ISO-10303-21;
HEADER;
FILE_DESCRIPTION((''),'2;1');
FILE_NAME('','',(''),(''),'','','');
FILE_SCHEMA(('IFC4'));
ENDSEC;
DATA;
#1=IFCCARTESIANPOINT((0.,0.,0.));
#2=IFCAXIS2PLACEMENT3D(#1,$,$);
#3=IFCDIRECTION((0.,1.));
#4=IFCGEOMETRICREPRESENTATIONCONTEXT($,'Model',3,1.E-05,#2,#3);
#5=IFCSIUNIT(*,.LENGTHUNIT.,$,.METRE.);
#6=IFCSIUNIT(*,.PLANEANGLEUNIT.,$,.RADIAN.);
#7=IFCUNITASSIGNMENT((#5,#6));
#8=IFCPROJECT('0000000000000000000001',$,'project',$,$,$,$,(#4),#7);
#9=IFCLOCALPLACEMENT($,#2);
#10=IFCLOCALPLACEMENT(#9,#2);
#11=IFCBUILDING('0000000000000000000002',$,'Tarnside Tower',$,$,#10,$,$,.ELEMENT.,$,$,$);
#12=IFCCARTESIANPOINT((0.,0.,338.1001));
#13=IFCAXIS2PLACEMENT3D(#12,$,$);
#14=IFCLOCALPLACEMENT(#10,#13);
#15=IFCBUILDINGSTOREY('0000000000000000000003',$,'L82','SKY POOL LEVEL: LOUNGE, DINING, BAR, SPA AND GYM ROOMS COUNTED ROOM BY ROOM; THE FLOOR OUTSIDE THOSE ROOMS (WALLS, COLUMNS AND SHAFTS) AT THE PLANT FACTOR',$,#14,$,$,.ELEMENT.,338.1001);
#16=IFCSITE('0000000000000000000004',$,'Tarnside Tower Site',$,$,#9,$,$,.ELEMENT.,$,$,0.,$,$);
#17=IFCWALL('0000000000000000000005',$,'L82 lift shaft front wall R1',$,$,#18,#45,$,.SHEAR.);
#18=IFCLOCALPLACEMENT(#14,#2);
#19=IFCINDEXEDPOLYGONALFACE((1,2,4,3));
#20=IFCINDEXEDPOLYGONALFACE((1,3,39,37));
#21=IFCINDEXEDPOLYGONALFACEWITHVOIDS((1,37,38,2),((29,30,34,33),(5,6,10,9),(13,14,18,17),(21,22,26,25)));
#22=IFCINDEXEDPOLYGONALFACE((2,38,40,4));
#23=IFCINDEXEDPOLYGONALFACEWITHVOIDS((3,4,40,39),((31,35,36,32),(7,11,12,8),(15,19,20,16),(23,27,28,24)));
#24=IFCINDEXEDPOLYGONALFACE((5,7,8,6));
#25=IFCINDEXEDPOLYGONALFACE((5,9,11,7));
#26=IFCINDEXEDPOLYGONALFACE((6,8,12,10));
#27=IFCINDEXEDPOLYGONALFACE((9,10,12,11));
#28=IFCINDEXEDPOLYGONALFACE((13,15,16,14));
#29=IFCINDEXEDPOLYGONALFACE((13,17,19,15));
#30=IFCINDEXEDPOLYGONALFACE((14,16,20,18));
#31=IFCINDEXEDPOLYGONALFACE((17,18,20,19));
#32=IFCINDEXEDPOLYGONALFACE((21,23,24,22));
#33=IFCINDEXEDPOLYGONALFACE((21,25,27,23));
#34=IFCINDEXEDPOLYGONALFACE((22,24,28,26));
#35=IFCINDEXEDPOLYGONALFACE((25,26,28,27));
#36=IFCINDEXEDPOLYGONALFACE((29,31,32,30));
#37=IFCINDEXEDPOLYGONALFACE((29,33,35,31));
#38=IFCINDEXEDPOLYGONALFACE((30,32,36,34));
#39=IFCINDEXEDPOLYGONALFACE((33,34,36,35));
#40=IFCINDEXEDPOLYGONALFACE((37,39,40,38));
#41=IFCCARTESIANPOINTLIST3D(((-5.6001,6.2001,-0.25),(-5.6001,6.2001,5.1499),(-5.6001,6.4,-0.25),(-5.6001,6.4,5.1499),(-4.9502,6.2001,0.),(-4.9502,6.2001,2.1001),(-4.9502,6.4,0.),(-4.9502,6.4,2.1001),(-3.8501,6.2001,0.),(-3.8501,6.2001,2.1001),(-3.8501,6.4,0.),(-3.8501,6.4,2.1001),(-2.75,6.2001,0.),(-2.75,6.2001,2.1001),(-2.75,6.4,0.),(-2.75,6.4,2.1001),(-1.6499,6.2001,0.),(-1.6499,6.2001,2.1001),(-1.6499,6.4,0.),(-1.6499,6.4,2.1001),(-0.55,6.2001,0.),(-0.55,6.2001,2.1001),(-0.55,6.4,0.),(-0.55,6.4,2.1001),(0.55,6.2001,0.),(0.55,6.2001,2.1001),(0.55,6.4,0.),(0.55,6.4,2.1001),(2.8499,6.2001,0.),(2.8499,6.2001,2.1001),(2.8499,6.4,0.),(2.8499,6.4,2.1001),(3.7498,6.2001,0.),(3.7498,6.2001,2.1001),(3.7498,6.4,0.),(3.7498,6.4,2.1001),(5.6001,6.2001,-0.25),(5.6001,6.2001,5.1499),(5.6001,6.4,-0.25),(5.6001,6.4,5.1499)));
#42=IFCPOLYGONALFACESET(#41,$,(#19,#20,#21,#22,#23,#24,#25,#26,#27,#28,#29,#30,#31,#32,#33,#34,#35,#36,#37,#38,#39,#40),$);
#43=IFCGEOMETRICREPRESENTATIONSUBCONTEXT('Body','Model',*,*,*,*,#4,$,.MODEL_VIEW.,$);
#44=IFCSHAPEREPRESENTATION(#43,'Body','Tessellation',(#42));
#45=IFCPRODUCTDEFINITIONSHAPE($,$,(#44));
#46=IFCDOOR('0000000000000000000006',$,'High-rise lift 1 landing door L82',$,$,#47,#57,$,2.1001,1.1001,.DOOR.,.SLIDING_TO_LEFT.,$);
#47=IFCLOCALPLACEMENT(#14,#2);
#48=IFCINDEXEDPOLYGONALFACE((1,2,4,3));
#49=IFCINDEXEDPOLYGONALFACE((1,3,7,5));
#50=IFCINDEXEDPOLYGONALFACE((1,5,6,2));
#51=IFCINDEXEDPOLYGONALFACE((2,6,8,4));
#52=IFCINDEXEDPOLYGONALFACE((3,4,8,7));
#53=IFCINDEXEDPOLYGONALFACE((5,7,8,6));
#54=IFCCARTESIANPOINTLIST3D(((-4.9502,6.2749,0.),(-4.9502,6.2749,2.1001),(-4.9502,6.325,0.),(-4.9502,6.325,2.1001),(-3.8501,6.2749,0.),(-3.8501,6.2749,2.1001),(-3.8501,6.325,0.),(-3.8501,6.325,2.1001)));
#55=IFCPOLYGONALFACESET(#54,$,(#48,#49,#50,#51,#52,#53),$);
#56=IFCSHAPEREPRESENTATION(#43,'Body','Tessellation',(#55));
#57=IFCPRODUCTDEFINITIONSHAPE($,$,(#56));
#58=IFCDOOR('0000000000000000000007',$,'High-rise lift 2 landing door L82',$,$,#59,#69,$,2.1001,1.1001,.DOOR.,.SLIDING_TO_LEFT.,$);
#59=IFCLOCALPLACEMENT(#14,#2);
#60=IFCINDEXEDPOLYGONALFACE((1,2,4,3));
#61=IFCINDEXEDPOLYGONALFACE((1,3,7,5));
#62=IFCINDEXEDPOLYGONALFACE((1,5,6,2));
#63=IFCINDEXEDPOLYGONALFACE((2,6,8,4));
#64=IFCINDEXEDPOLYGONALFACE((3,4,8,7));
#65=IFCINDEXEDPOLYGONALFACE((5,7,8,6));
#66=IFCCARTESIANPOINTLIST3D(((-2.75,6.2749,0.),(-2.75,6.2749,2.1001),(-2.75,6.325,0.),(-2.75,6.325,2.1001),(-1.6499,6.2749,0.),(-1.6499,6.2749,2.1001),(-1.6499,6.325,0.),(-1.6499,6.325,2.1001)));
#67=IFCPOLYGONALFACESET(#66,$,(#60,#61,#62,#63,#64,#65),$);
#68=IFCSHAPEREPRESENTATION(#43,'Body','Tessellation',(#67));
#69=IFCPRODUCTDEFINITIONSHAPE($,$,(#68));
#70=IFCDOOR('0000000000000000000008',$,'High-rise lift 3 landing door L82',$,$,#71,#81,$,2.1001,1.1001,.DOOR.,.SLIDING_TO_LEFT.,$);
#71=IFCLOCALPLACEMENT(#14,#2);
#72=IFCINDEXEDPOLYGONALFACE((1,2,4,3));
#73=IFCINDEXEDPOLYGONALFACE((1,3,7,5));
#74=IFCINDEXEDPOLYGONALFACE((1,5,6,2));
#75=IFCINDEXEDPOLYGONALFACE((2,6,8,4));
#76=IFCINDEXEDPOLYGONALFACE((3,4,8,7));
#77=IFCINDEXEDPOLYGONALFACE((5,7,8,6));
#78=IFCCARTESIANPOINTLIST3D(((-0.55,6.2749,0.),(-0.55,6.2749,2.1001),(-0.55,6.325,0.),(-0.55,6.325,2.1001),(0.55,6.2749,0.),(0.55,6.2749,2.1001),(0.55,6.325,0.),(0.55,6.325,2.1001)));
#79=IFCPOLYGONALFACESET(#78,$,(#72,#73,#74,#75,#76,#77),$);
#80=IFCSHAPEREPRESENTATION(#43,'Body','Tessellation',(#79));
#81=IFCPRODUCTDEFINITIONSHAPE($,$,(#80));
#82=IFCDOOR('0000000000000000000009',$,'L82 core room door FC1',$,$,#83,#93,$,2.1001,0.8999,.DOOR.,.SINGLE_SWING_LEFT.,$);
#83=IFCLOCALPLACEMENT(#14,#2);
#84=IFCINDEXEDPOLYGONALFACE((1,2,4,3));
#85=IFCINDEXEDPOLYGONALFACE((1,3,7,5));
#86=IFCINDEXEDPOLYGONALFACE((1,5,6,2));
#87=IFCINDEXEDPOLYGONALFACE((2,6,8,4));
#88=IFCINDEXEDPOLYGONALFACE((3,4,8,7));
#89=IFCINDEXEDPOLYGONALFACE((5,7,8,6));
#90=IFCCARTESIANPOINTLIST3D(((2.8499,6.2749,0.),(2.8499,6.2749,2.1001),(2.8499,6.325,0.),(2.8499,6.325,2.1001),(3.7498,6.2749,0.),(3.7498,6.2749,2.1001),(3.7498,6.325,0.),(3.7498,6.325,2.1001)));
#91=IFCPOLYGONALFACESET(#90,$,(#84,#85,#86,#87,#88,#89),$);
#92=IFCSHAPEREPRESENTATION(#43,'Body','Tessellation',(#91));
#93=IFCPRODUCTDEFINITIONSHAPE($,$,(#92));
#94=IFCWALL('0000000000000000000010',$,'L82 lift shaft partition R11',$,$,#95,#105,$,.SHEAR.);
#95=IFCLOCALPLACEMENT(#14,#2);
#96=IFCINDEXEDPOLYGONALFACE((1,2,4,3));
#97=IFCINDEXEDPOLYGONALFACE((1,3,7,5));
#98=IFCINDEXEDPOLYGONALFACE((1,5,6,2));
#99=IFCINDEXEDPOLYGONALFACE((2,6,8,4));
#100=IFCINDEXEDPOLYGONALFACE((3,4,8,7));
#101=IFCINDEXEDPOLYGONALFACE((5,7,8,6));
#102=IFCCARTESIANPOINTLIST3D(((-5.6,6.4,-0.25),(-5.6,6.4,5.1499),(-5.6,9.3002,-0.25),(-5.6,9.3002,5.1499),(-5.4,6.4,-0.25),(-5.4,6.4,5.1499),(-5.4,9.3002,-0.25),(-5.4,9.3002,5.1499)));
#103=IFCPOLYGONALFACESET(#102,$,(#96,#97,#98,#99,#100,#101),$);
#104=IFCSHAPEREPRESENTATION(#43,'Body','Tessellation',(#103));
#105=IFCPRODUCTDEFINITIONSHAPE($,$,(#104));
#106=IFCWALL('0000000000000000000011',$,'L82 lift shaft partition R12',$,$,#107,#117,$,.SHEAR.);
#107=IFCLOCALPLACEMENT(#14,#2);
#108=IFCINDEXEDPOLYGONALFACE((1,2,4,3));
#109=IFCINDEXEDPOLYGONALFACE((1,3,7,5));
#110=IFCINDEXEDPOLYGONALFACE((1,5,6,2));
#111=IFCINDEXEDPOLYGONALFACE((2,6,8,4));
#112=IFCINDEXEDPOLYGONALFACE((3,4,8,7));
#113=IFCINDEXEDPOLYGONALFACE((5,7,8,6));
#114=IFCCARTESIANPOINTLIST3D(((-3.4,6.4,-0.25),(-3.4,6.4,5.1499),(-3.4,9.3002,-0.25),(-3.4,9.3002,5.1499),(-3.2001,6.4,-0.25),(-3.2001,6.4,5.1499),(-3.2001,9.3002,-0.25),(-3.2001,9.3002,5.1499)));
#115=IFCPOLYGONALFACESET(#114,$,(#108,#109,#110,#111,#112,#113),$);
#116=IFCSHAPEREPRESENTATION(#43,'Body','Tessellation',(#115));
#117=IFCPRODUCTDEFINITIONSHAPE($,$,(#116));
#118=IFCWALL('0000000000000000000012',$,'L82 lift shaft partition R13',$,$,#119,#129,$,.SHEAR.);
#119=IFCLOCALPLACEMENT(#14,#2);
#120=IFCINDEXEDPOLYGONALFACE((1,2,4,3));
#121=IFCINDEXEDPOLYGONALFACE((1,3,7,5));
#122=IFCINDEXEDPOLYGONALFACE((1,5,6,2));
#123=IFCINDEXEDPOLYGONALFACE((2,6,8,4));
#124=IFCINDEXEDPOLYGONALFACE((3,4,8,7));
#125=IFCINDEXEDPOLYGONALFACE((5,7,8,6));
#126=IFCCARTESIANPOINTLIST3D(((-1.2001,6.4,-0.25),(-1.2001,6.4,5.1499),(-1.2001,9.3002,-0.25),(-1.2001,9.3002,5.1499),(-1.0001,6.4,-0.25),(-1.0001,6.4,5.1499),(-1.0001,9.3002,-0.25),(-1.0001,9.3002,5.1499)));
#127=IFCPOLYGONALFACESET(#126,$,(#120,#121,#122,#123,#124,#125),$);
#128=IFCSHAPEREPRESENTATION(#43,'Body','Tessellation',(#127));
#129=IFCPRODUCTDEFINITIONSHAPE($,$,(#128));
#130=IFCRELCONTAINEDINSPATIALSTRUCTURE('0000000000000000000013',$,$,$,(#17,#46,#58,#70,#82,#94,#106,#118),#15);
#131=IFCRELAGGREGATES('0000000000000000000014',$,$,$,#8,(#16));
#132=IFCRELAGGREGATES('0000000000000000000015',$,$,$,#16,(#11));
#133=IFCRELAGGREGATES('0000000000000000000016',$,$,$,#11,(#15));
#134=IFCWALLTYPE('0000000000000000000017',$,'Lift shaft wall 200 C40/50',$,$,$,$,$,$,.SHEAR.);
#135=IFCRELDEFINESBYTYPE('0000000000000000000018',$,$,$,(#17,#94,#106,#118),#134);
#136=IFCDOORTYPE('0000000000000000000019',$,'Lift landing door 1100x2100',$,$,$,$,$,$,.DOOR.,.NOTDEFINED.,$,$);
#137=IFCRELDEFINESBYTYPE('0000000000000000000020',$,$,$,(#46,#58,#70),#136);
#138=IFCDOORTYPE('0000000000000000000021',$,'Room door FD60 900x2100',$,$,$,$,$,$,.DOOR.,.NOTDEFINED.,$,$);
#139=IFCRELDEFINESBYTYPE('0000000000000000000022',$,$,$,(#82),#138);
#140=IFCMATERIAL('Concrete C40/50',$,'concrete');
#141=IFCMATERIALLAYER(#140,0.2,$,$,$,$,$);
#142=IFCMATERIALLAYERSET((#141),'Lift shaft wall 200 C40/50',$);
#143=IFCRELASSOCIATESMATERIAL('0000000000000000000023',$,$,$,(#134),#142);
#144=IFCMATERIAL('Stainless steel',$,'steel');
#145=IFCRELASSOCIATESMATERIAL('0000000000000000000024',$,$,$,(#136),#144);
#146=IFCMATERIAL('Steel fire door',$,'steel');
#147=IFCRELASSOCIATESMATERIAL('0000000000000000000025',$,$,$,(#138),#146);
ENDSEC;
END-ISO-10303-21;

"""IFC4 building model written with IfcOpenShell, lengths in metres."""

from ifc_helpers import new_model, si_unit, direction, frame, frame_2d, origin, place, context, subcontext, project, spatial, rectangle, extrude, material, layer, layer_set, type_object, element, fill, save


model = new_model("IFC4")

# Units and contexts
model_context = context("Model", 3, precision=1e-05, world=origin(), true_north=direction((0.0, 1.0)))
body_context = subcontext(model_context, "Body", "Model", "MODEL_VIEW")
ifc_project = project(units=[si_unit("LENGTHUNIT", "METRE"), si_unit("PLANEANGLEUNIT", "RADIAN")], contexts=[model_context])

# Site, building, storey
site_placement = place(None, origin())
site = spatial("IfcSite", under=ifc_project, at=site_placement, Name="Tarnside Tower Site", CompositionType="ELEMENT", RefElevation=0.0)
building_placement = place(site_placement, origin())
building = spatial("IfcBuilding", under=site, at=building_placement, Name="Tarnside Tower", CompositionType="ELEMENT")
storey_placement = place(building_placement, frame((0.0, 0.0, 338.1001)))
storey = spatial("IfcBuildingStorey", under=building, at=storey_placement, Name="L82", Description="SKY POOL LEVEL: LOUNGE, DINING, BAR, SPA AND GYM ROOMS COUNTED ROOM BY ROOM; THE FLOOR OUTSIDE THOSE ROOMS (WALLS, COLUMNS AND SHAFTS) AT THE PLANT FACTOR", CompositionType="ELEMENT", Elevation=338.1001)

# Wall, openings, doors
ifc_material_1 = material(Name="Concrete C40/50", Category="concrete")
ifc_layer_1 = layer(ifc_material_1, 0.2)
ifc_layer_set_1 = layer_set([ifc_layer_1], Name="Lift shaft wall 200 C40/50")
wall_type_1 = type_object("IfcWallType", Name="Lift shaft wall 200 C40/50", PredefinedType="SHEAR", material=ifc_layer_set_1)
wall_1_placement = place(storey_placement, frame((-5.6001, 6.3, -0.25), z_axis=(0.0, 0.0, 1.0), x_axis=(1.0, 0.0, 0.0)))
wall_1 = element("IfcWall", 1, at=wall_1_placement, inside=storey, type_object=wall_type_1, Name="L82 lift shaft front wall R1", PredefinedType="SHEAR", context=body_context, shape_type="SweptSolid", body=[
    extrude(rectangle(XDim=11.2002, YDim=0.2, at=frame_2d((5.6001, 0.0))), origin(), (0.0, 0.0, 1.0), 5.3999),
])
opening_1_placement = place(wall_1_placement, frame((8.45, 0.0, 0.25)))
opening_1 = element("IfcOpeningElement", 2, at=opening_1_placement, cuts=wall_1, PredefinedType="OPENING", context=body_context, shape_type="SweptSolid", body=[
    extrude(rectangle(XDim=0.8999, YDim=2.1001, at=frame_2d((0.45, 1.05))), frame((0.0, 0.1099, 0.0), z_axis=(0.0, -1.0, 0.0), x_axis=(1.0, 0.0, 0.0)), (0.0, 0.0, 1.0), 0.22),
])
opening_2_placement = place(wall_1_placement, frame((0.6499, 0.0, 0.25)))
opening_2 = element("IfcOpeningElement", 3, at=opening_2_placement, cuts=wall_1, PredefinedType="OPENING", context=body_context, shape_type="SweptSolid", body=[
    extrude(rectangle(XDim=1.1001, YDim=2.1001, at=frame_2d((0.55, 1.05))), frame((0.0, 0.1099, 0.0), z_axis=(0.0, -1.0, 0.0), x_axis=(1.0, 0.0, 0.0)), (0.0, 0.0, 1.0), 0.22),
])
opening_3_placement = place(wall_1_placement, frame((2.8501, 0.0, 0.25)))
opening_3 = element("IfcOpeningElement", 4, at=opening_3_placement, cuts=wall_1, PredefinedType="OPENING", context=body_context, shape_type="SweptSolid", body=[
    extrude(rectangle(XDim=1.1001, YDim=2.1001, at=frame_2d((0.55, 1.05))), frame((0.0, 0.1099, 0.0), z_axis=(0.0, -1.0, 0.0), x_axis=(1.0, 0.0, 0.0)), (0.0, 0.0, 1.0), 0.22),
])
opening_4_placement = place(wall_1_placement, frame((5.05, 0.0, 0.25)))
opening_4 = element("IfcOpeningElement", 5, at=opening_4_placement, cuts=wall_1, PredefinedType="OPENING", context=body_context, shape_type="SweptSolid", body=[
    extrude(rectangle(XDim=1.1001, YDim=2.1001, at=frame_2d((0.55, 1.05))), frame((0.0, 0.1099, 0.0), z_axis=(0.0, -1.0, 0.0), x_axis=(1.0, 0.0, 0.0)), (0.0, 0.0, 1.0), 0.22),
])
ifc_material_2 = material(Name="Stainless steel", Category="steel")
door_type_1 = type_object("IfcDoorType", Name="Lift landing door 1100x2100", OperationType="NOTDEFINED", PredefinedType="DOOR", material=ifc_material_2)
door_1_placement = place(opening_2_placement, origin())
door_1 = element("IfcDoor", 6, at=door_1_placement, inside=storey, type_object=door_type_1, Name="High-rise lift 1 landing door L82", OperationType="SLIDING_TO_LEFT", OverallHeight=2.1001, OverallWidth=1.1001, PredefinedType="DOOR", context=body_context, shape_type="SweptSolid", body=[
    extrude(rectangle(XDim=1.1001, YDim=2.1001, at=frame_2d((0.55, 1.05))), frame((0.0, 0.0249, 0.0), z_axis=(0.0, -1.0, 0.0), x_axis=(1.0, 0.0, 0.0)), (0.0, 0.0, 1.0), 0.05),
])
fill(opening_2, door_1)
door_2_placement = place(opening_3_placement, origin())
door_2 = element("IfcDoor", 7, at=door_2_placement, inside=storey, type_object=door_type_1, Name="High-rise lift 2 landing door L82", OperationType="SLIDING_TO_LEFT", OverallHeight=2.1001, OverallWidth=1.1001, PredefinedType="DOOR", context=body_context, shape_type="SweptSolid", body=[
    extrude(rectangle(XDim=1.1001, YDim=2.1001, at=frame_2d((0.55, 1.05))), frame((0.0, 0.0249, 0.0), z_axis=(0.0, -1.0, 0.0), x_axis=(1.0, 0.0, 0.0)), (0.0, 0.0, 1.0), 0.05),
])
fill(opening_3, door_2)
door_3_placement = place(opening_4_placement, origin())
door_3 = element("IfcDoor", 8, at=door_3_placement, inside=storey, type_object=door_type_1, Name="High-rise lift 3 landing door L82", OperationType="SLIDING_TO_LEFT", OverallHeight=2.1001, OverallWidth=1.1001, PredefinedType="DOOR", context=body_context, shape_type="SweptSolid", body=[
    extrude(rectangle(XDim=1.1001, YDim=2.1001, at=frame_2d((0.55, 1.05))), frame((0.0, 0.0249, 0.0), z_axis=(0.0, -1.0, 0.0), x_axis=(1.0, 0.0, 0.0)), (0.0, 0.0, 1.0), 0.05),
])
fill(opening_4, door_3)
ifc_material_3 = material(Name="Steel fire door", Category="steel")
door_type_2 = type_object("IfcDoorType", Name="Room door FD60 900x2100", OperationType="NOTDEFINED", PredefinedType="DOOR", material=ifc_material_3)
door_4_placement = place(opening_1_placement, origin())
door_4 = element("IfcDoor", 9, at=door_4_placement, inside=storey, type_object=door_type_2, Name="L82 core room door FC1", OperationType="SINGLE_SWING_LEFT", OverallHeight=2.1001, OverallWidth=0.8999, PredefinedType="DOOR", context=body_context, shape_type="SweptSolid", body=[
    extrude(rectangle(XDim=0.8999, YDim=2.1001, at=frame_2d((0.45, 1.05))), frame((0.0, 0.0249, 0.0), z_axis=(0.0, -1.0, 0.0), x_axis=(1.0, 0.0, 0.0)), (0.0, 0.0, 1.0), 0.05),
])
fill(opening_1, door_4)

# Walls
for number, where, z_axis, x_axis, name in (
    (10, (-5.5, 6.3999, -0.25), (0.0, 0.0, 1.0), (0.0, 1.0, 0.0), "L82 lift shaft partition R11"),
    (11, (-3.3, 6.3999, -0.25), (0.0, 0.0, 1.0), (0.0, 1.0, 0.0), "L82 lift shaft partition R12"),
    (12, (-1.1001, 6.3999, -0.25), (0.0, 0.0, 1.0), (0.0, 1.0, 0.0), "L82 lift shaft partition R13"),
):
    element("IfcWall", number, at=place(storey_placement, frame(where, z_axis=z_axis, x_axis=x_axis)), inside=storey, type_object=wall_type_1, Name=name, PredefinedType="SHEAR", context=body_context, shape_type="SweptSolid", body=[
        extrude(rectangle(XDim=2.9001, YDim=0.2, at=frame_2d((1.4502, 0.0))), origin(), (0.0, 0.0, 1.0), 5.3999),
    ])

save(model, "model.ifc")
